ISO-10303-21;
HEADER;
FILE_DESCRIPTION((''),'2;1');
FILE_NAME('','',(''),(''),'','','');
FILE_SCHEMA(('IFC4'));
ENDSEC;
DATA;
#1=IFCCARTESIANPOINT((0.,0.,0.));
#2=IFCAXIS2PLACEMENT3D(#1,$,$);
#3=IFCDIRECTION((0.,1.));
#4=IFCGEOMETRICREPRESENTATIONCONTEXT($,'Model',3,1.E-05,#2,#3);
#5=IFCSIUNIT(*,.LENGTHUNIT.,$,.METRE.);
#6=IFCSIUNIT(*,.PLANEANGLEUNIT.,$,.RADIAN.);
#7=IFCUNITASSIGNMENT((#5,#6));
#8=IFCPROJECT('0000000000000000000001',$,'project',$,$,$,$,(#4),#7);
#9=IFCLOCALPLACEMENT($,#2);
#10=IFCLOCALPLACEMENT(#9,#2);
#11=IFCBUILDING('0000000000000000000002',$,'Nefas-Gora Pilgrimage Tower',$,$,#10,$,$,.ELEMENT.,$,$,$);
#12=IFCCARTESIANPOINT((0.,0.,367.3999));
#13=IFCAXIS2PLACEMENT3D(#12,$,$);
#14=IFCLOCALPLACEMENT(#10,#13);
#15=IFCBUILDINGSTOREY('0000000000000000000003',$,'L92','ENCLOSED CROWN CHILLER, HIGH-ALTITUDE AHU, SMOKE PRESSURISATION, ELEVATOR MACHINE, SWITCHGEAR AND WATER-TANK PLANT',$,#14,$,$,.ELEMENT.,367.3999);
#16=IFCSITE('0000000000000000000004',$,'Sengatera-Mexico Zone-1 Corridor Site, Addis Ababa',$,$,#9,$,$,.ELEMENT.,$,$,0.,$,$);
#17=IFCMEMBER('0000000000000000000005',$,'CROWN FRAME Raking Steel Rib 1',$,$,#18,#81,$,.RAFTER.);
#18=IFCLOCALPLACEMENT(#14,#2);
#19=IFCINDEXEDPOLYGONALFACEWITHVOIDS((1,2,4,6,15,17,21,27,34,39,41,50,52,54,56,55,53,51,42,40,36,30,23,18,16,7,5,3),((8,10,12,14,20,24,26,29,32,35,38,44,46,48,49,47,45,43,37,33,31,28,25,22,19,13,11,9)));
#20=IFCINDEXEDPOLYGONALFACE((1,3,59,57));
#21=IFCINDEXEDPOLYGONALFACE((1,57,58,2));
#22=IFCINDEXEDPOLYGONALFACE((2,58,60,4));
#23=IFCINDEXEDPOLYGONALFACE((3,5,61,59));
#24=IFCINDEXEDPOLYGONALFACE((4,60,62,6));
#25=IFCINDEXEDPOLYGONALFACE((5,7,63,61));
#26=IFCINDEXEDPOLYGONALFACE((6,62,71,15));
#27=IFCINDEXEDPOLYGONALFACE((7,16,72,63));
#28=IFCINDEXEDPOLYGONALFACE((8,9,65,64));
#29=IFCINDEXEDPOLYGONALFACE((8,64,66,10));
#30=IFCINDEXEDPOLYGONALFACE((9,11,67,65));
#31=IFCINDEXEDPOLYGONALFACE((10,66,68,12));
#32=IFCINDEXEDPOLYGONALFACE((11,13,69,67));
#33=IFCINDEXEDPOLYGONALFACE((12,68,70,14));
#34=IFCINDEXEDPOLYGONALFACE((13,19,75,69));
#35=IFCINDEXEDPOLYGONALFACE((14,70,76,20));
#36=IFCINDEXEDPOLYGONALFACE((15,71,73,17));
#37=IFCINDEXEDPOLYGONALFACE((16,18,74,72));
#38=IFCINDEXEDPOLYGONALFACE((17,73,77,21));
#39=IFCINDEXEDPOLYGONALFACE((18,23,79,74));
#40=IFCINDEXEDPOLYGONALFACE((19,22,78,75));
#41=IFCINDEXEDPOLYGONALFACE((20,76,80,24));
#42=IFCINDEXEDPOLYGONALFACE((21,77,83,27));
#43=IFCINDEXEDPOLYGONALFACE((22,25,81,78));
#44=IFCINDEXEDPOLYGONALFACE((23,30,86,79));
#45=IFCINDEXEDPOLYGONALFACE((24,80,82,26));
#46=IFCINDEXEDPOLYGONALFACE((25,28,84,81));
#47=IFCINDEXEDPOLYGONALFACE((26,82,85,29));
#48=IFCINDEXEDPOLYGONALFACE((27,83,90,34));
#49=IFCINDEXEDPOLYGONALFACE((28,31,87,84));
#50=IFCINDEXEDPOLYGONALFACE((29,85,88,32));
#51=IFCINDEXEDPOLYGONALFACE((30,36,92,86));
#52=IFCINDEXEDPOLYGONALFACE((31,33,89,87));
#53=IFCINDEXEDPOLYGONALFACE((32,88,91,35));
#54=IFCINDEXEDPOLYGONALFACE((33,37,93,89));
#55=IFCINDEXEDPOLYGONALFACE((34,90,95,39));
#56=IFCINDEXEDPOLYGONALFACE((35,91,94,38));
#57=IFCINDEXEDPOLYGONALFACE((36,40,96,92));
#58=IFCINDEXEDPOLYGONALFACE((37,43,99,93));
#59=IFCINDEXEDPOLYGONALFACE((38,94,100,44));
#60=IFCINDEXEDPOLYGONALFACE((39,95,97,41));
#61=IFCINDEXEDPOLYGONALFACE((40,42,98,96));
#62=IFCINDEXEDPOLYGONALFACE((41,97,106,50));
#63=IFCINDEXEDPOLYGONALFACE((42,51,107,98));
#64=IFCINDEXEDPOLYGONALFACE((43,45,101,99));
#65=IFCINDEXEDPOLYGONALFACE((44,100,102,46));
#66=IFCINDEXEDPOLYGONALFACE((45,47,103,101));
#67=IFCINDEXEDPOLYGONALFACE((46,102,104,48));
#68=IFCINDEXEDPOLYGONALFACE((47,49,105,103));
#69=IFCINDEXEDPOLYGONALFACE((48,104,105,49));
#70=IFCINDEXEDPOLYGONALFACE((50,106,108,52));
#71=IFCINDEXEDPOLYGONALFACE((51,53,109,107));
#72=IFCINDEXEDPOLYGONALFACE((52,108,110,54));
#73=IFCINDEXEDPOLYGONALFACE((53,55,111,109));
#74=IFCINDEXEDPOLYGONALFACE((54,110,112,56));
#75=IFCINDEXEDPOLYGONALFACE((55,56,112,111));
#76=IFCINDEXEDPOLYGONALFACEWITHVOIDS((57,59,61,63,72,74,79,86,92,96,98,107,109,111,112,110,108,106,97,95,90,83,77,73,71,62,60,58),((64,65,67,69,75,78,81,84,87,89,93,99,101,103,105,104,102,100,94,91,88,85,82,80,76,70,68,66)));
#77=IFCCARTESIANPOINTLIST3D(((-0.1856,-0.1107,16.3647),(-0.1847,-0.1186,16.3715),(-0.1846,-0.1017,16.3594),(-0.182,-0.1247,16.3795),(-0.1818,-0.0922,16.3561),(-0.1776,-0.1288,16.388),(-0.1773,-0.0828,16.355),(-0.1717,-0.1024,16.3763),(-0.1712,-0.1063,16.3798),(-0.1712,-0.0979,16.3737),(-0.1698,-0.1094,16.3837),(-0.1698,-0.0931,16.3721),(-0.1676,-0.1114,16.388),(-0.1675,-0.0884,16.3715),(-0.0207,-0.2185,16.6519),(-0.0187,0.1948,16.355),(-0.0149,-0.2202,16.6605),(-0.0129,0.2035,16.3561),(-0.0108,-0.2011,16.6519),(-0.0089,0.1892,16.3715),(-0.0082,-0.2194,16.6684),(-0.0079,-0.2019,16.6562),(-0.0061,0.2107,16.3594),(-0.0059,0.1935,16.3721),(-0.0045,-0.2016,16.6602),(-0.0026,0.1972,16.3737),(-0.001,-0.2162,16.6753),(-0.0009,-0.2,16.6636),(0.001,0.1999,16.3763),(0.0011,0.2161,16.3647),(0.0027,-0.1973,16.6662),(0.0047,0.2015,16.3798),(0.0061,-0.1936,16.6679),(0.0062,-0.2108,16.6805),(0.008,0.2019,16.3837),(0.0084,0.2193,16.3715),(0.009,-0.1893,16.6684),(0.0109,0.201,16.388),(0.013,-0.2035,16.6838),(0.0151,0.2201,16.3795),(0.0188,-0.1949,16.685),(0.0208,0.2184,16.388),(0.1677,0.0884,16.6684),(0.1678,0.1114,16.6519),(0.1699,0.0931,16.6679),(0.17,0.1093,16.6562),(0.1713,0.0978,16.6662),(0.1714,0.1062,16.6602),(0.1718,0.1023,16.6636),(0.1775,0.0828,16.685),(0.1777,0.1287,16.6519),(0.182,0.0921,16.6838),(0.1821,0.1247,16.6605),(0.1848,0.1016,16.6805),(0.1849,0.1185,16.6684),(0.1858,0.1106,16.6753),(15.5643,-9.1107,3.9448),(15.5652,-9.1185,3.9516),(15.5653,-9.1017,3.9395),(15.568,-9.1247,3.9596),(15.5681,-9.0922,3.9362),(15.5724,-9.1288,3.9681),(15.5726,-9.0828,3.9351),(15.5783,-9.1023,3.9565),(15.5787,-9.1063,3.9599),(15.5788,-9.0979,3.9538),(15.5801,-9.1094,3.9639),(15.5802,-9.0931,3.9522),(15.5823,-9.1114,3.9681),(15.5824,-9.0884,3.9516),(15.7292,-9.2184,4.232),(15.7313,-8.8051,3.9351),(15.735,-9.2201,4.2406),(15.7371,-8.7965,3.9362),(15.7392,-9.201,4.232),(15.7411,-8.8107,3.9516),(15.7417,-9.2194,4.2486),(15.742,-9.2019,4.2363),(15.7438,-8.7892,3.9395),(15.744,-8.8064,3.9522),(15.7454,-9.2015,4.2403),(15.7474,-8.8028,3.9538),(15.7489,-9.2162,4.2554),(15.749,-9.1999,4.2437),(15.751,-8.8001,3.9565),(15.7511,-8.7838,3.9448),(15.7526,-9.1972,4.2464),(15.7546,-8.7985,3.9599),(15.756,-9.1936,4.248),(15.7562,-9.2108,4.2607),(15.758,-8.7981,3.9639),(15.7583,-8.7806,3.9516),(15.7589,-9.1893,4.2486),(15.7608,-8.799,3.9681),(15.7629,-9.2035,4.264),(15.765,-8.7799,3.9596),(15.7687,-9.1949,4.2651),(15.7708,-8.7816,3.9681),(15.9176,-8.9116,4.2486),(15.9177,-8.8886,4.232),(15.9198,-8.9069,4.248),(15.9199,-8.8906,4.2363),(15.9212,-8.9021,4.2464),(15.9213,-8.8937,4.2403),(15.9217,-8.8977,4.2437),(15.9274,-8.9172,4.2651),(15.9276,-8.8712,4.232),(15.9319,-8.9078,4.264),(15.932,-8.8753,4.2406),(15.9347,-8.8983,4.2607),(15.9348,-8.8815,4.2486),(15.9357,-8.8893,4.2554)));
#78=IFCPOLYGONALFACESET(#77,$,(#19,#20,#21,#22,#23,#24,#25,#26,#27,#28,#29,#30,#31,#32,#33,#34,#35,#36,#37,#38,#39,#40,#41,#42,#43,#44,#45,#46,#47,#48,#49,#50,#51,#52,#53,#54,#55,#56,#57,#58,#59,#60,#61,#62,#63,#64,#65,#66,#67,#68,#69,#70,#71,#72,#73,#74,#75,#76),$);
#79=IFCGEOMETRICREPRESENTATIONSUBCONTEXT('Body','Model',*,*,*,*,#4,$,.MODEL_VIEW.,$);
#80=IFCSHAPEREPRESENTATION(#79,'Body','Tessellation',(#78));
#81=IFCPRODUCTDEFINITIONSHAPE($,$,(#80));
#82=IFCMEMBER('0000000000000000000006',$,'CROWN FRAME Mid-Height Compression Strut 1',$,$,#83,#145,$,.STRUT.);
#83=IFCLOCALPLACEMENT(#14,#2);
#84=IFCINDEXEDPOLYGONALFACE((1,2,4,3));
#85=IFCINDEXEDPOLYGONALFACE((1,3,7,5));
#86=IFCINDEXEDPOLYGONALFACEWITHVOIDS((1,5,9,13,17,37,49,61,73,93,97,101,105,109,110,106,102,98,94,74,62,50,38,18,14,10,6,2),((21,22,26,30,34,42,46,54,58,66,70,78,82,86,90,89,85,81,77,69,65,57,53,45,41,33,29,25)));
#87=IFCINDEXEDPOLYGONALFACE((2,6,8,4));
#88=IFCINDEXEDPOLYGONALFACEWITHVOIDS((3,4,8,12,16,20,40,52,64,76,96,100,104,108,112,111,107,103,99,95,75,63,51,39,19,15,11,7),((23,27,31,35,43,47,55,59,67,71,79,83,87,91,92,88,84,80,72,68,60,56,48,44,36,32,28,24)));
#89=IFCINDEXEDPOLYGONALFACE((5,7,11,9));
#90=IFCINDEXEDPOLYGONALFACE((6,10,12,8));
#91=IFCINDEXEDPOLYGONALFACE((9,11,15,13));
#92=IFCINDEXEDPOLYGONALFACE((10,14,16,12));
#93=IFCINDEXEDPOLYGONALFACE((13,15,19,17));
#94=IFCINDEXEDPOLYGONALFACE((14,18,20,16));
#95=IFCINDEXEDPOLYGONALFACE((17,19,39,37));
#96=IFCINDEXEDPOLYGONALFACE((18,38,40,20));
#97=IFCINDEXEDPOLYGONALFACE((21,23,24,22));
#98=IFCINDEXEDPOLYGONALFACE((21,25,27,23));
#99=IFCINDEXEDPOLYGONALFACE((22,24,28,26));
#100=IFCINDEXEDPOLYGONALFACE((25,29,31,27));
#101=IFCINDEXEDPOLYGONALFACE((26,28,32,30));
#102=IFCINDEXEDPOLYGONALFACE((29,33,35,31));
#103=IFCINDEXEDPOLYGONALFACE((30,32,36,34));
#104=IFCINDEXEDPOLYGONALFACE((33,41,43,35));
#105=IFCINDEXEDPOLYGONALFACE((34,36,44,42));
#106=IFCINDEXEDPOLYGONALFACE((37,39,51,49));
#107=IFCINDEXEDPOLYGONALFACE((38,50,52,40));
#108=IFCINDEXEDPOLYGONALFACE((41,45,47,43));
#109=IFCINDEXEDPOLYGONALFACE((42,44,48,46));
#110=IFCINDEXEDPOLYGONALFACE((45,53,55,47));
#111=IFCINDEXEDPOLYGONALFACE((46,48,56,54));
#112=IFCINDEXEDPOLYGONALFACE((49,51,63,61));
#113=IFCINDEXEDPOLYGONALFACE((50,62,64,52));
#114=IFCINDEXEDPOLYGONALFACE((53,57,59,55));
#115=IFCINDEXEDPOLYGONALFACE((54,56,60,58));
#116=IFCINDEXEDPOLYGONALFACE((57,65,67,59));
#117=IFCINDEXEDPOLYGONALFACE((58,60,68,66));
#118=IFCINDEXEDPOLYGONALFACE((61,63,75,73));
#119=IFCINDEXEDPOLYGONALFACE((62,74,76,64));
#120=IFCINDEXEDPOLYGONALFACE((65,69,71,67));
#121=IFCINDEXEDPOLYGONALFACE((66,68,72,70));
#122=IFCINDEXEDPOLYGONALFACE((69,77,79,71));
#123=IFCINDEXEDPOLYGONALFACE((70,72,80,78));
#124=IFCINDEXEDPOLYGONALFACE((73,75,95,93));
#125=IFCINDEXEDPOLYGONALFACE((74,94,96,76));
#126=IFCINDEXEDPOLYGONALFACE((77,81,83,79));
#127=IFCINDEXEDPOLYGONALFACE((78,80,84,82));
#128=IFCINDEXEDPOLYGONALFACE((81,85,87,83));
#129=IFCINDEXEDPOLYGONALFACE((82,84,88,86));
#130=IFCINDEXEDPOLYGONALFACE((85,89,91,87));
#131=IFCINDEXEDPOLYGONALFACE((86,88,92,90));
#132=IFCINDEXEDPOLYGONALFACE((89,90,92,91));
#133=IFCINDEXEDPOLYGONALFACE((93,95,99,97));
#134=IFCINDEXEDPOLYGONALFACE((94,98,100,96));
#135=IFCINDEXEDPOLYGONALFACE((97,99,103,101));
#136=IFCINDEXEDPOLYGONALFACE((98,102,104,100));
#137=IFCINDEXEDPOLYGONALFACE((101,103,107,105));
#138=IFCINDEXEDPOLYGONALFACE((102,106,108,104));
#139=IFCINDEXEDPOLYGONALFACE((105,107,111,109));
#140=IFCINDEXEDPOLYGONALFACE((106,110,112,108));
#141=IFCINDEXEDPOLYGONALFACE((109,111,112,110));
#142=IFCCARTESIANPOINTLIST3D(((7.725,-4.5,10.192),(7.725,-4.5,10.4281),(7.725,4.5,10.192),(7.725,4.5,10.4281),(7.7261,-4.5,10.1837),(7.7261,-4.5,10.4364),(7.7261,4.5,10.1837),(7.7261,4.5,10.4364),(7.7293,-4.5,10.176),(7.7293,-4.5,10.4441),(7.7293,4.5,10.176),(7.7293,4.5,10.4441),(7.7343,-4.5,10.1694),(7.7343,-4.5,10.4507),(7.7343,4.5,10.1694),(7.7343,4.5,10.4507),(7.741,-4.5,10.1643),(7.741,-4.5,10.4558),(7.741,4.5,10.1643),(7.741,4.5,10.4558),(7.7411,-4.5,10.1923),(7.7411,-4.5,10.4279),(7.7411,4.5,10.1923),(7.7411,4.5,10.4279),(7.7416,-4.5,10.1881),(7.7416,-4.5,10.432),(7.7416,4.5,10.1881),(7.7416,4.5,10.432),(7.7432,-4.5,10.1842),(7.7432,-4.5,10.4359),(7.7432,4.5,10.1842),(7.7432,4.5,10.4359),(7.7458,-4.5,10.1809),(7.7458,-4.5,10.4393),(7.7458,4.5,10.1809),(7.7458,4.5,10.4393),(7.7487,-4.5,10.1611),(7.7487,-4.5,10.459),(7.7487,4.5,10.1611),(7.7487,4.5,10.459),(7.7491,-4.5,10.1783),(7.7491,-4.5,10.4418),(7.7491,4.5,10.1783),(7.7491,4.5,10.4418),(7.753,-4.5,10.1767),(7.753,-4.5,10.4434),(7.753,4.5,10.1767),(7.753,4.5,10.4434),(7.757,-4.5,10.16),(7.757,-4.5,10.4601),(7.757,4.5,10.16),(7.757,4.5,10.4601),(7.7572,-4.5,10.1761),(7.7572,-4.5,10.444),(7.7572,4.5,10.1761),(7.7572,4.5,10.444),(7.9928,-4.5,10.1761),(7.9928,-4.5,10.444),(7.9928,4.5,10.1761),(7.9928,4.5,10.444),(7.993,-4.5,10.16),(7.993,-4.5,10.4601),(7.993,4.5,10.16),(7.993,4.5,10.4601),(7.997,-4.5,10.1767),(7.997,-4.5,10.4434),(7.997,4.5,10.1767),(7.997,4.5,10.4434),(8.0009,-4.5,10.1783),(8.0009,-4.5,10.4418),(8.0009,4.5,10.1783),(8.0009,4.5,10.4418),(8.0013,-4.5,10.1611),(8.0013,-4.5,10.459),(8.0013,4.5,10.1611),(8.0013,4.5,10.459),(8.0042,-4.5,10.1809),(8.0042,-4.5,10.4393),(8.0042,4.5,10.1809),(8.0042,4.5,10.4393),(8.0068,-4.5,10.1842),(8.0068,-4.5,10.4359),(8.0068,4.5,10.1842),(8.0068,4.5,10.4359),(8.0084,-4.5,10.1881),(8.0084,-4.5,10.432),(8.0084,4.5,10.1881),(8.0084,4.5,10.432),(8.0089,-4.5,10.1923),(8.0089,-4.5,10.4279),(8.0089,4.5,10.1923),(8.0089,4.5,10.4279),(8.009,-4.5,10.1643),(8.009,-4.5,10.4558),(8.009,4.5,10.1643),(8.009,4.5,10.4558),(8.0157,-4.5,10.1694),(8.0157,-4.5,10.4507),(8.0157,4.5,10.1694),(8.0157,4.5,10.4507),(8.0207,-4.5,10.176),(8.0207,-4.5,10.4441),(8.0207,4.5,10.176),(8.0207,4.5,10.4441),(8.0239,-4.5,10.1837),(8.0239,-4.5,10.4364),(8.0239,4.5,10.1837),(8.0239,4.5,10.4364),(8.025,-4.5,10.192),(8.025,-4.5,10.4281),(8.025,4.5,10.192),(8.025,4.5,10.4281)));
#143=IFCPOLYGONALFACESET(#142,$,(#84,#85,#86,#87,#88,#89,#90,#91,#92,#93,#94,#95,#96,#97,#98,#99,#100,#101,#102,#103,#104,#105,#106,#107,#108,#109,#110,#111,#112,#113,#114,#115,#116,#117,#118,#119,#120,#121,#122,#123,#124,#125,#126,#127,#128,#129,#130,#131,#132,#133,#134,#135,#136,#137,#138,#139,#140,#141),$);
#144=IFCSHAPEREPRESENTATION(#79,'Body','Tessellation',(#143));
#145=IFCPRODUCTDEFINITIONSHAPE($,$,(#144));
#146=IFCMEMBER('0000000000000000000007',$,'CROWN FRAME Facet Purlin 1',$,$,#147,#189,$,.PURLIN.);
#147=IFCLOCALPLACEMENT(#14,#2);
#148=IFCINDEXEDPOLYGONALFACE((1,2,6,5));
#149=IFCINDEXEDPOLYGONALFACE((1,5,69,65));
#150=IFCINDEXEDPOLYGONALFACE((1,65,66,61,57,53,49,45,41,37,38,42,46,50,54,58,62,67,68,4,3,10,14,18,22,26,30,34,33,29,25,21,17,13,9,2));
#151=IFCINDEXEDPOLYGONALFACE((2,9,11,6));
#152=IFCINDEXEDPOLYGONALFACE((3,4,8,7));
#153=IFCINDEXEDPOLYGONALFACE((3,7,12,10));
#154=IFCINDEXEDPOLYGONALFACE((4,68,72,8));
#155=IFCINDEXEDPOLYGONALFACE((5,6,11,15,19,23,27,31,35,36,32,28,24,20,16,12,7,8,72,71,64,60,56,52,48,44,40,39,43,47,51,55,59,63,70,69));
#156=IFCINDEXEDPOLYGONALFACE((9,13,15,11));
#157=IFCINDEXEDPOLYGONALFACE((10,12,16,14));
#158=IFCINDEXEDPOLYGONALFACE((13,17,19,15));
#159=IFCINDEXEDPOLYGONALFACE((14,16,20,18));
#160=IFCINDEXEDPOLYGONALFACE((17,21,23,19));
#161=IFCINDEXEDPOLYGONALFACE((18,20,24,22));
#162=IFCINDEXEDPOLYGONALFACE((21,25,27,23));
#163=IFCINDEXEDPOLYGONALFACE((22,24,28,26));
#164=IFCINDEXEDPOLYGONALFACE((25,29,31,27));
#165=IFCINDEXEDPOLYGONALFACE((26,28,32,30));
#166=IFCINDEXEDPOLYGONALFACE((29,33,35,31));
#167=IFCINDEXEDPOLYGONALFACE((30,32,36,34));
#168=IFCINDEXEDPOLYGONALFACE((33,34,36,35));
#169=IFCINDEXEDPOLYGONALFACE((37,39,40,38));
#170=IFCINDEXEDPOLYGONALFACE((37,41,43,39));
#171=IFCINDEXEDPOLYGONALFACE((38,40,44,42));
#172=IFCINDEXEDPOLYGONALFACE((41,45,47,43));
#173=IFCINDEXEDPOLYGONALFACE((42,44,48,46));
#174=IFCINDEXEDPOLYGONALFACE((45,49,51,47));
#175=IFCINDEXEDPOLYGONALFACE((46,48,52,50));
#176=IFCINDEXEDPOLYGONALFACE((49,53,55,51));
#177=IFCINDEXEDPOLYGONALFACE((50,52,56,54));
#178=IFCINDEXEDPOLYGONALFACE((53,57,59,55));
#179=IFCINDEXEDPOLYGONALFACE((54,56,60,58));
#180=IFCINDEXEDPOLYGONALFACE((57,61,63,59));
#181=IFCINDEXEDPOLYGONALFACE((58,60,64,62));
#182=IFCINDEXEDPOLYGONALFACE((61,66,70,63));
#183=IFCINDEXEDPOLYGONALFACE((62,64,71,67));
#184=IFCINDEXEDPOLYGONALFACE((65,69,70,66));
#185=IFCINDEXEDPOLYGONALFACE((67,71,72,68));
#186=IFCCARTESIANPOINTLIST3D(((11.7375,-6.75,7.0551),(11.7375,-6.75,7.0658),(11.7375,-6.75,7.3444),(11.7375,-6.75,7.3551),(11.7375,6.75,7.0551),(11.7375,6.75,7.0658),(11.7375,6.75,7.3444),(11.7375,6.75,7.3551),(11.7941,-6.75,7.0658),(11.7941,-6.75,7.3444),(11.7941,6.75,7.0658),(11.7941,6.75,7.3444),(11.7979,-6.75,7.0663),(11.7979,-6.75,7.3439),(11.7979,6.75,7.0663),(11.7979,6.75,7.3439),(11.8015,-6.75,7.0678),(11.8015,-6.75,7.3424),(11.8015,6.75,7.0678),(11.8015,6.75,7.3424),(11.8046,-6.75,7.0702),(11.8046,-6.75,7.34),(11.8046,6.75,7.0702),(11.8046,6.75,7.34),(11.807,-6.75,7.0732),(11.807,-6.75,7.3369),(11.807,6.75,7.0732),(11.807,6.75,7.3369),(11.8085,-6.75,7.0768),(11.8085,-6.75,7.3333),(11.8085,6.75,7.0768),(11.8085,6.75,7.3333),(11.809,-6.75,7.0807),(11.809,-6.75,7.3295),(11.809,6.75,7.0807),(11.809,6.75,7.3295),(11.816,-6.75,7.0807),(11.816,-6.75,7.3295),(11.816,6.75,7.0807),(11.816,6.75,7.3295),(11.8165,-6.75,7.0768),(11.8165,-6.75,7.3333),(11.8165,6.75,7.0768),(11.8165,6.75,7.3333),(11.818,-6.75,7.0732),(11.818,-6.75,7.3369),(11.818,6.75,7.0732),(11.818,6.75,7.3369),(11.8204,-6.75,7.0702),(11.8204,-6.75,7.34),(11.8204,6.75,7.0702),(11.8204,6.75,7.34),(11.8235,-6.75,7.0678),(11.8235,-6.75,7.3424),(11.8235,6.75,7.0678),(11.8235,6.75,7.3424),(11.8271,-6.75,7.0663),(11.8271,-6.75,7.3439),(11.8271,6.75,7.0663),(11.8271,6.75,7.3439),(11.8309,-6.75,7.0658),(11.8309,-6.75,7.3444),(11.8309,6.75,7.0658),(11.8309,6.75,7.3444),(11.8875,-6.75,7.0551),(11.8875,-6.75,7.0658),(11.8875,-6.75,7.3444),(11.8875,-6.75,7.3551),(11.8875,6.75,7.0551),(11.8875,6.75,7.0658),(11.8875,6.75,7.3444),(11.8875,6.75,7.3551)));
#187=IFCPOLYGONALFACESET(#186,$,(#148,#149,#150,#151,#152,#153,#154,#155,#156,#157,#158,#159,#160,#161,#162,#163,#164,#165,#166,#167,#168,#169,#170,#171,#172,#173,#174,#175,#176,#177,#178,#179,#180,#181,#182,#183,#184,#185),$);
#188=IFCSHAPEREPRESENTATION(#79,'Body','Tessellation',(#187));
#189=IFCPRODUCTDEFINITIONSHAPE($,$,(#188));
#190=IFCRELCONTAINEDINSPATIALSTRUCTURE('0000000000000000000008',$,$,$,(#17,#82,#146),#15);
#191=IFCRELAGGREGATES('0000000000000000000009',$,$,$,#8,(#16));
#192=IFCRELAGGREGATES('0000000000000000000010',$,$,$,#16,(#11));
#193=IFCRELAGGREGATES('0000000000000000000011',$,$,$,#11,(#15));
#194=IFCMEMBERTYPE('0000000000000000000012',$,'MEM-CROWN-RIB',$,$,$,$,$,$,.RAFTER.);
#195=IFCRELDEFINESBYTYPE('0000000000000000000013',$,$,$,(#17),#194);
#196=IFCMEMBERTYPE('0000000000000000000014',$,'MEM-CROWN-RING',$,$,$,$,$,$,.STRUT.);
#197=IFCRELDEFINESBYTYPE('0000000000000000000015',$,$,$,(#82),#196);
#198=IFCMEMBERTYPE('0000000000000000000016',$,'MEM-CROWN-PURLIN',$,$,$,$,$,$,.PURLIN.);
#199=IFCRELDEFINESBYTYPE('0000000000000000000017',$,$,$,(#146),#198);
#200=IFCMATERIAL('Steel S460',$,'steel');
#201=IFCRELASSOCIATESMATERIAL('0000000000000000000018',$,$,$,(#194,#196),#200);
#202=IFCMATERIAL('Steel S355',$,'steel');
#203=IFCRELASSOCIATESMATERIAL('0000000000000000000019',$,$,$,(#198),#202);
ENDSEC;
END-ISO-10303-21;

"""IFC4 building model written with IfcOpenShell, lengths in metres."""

from ifc_helpers import new_model, si_unit, direction, frame, origin, origin_2d, place, context, subcontext, project, spatial, hollow_rectangle, i_section, extrude, source, transform, mapped, material, material_profile, profile_set, type_object, element, save


model = new_model("IFC4")

# Units and contexts
model_context = context("Model", 3, precision=1e-05, world=origin(), true_north=direction((0.0, 1.0)))
body_context = subcontext(model_context, "Body", "Model", "MODEL_VIEW")
ifc_project = project(units=[si_unit("LENGTHUNIT", "METRE"), si_unit("PLANEANGLEUNIT", "RADIAN")], contexts=[model_context])

# Site, building, storey
site_placement = place(None, origin())
site = spatial("IfcSite", under=ifc_project, at=site_placement, Name="Sengatera-Mexico Zone-1 Corridor Site, Addis Ababa", CompositionType="ELEMENT", RefElevation=0.0)
building_placement = place(site_placement, origin())
building = spatial("IfcBuilding", under=site, at=building_placement, Name="Nefas-Gora Pilgrimage Tower", CompositionType="ELEMENT")
storey_placement = place(building_placement, frame((0.0, 0.0, 367.3999)))
storey = spatial("IfcBuildingStorey", under=building, at=storey_placement, Name="L92", Description="ENCLOSED CROWN CHILLER, HIGH-ALTITUDE AHU, SMOKE PRESSURISATION, ELEVATOR MACHINE, SWITCHGEAR AND WATER-TANK PLANT", CompositionType="ELEMENT", Elevation=367.3999)

# Shared definitions
ifc_material_1 = material(Name="Steel S355", Category="steel")

# Members
ifc_material_2 = material(Name="Steel S460", Category="steel")
ifc_material_profile_1 = material_profile(ifc_material_2, hollow_rectangle(XDim=0.3999, YDim=0.3999, WallThickness=0.02, InnerFilletRadius=0.02, OuterFilletRadius=0.04, at=origin_2d()), Name="SHS 400x400x20")
ifc_profile_set_1 = profile_set([ifc_material_profile_1], Name="Steel S460")
member_type_1 = type_object("IfcMemberType", Name="MEM-CROWN-RIB", PredefinedType="RAFTER", material=ifc_profile_set_1)
shared_shape_1 = source(origin(), body_context, "Body", "SweptSolid", [
    extrude(hollow_rectangle(XDim=0.3999, YDim=0.3999, WallThickness=0.02, InnerFilletRadius=0.02, OuterFilletRadius=0.04, at=origin_2d()), origin(), (0.0, 0.0, 1.0), 21.9844),
])
member_1_placement = place(storey_placement, frame((15.75, -9.0, 4.1001), z_axis=(-0.716415, 0.40938, 0.564941), x_axis=(-0.496139, -0.868243, 0.0)))
element("IfcMember", 1, at=member_1_placement, inside=storey, type_object=member_type_1, Name="CROWN FRAME Raking Steel Rib 1", PredefinedType="RAFTER", context=body_context, shape_type="MappedRepresentation", body=[
    mapped(shared_shape_1, transform((0.0, 0.0, 0.0), x_axis=(1.0, 0.0, 0.0), y_axis=(0.0, 1.0, 0.0), z_axis=(0.0, 0.0, 1.0), scale=1.0)),
])
ifc_material_profile_2 = material_profile(ifc_material_2, hollow_rectangle(XDim=0.3, YDim=0.3, WallThickness=0.0161, InnerFilletRadius=0.0161, OuterFilletRadius=0.032, at=origin_2d()), Name="SHS 300x300x16")
ifc_profile_set_2 = profile_set([ifc_material_profile_2], Name="Steel S460")
member_type_2 = type_object("IfcMemberType", Name="MEM-CROWN-RING", PredefinedType="STRUT", material=ifc_profile_set_2)
shared_shape_2 = source(origin(), body_context, "Body", "SweptSolid", [
    extrude(hollow_rectangle(XDim=0.3, YDim=0.3, WallThickness=0.0161, InnerFilletRadius=0.0161, OuterFilletRadius=0.032, at=origin_2d()), origin(), (0.0, 0.0, 1.0), 9.0),
])
member_2_placement = place(storey_placement, frame((7.875, -4.5, 10.3101), z_axis=(0.0, 1.0, 0.0), x_axis=(-1.0, 0.0, 0.0)))
element("IfcMember", 2, at=member_2_placement, inside=storey, type_object=member_type_2, Name="CROWN FRAME Mid-Height Compression Strut 1", PredefinedType="STRUT", context=body_context, shape_type="MappedRepresentation", body=[
    mapped(shared_shape_2, transform((0.0, 0.0, 0.0), x_axis=(1.0, 0.0, 0.0), y_axis=(0.0, 1.0, 0.0), z_axis=(0.0, 0.0, 1.0), scale=1.0)),
])
ifc_material_profile_3 = material_profile(ifc_material_1, i_section(OverallWidth=0.1499, OverallDepth=0.3, WebThickness=0.0071, FlangeThickness=0.0107, FilletRadius=0.0149, at=origin_2d()), Name="IPE 300")
ifc_profile_set_3 = profile_set([ifc_material_profile_3], Name="Steel S355")
member_type_3 = type_object("IfcMemberType", Name="MEM-CROWN-PURLIN", PredefinedType="PURLIN", material=ifc_profile_set_3)
shared_shape_3 = source(origin(), body_context, "Body", "SweptSolid", [
    extrude(i_section(OverallWidth=0.1499, OverallDepth=0.3, WebThickness=0.0071, FlangeThickness=0.0107, FilletRadius=0.0149, at=origin_2d()), origin(), (0.0, 0.0, 1.0), 13.5),
])
member_3_placement = place(storey_placement, frame((11.8125, -6.75, 7.2051), z_axis=(0.0, 1.0, 0.0), x_axis=(-1.0, 0.0, 0.0)))
element("IfcMember", 3, at=member_3_placement, inside=storey, type_object=member_type_3, Name="CROWN FRAME Facet Purlin 1", PredefinedType="PURLIN", context=body_context, shape_type="MappedRepresentation", body=[
    mapped(shared_shape_3, transform((0.0, 0.0, 0.0), x_axis=(1.0, 0.0, 0.0), y_axis=(0.0, 1.0, 0.0), z_axis=(0.0, 0.0, 1.0), scale=1.0)),
])

save(model, "model.ifc")
